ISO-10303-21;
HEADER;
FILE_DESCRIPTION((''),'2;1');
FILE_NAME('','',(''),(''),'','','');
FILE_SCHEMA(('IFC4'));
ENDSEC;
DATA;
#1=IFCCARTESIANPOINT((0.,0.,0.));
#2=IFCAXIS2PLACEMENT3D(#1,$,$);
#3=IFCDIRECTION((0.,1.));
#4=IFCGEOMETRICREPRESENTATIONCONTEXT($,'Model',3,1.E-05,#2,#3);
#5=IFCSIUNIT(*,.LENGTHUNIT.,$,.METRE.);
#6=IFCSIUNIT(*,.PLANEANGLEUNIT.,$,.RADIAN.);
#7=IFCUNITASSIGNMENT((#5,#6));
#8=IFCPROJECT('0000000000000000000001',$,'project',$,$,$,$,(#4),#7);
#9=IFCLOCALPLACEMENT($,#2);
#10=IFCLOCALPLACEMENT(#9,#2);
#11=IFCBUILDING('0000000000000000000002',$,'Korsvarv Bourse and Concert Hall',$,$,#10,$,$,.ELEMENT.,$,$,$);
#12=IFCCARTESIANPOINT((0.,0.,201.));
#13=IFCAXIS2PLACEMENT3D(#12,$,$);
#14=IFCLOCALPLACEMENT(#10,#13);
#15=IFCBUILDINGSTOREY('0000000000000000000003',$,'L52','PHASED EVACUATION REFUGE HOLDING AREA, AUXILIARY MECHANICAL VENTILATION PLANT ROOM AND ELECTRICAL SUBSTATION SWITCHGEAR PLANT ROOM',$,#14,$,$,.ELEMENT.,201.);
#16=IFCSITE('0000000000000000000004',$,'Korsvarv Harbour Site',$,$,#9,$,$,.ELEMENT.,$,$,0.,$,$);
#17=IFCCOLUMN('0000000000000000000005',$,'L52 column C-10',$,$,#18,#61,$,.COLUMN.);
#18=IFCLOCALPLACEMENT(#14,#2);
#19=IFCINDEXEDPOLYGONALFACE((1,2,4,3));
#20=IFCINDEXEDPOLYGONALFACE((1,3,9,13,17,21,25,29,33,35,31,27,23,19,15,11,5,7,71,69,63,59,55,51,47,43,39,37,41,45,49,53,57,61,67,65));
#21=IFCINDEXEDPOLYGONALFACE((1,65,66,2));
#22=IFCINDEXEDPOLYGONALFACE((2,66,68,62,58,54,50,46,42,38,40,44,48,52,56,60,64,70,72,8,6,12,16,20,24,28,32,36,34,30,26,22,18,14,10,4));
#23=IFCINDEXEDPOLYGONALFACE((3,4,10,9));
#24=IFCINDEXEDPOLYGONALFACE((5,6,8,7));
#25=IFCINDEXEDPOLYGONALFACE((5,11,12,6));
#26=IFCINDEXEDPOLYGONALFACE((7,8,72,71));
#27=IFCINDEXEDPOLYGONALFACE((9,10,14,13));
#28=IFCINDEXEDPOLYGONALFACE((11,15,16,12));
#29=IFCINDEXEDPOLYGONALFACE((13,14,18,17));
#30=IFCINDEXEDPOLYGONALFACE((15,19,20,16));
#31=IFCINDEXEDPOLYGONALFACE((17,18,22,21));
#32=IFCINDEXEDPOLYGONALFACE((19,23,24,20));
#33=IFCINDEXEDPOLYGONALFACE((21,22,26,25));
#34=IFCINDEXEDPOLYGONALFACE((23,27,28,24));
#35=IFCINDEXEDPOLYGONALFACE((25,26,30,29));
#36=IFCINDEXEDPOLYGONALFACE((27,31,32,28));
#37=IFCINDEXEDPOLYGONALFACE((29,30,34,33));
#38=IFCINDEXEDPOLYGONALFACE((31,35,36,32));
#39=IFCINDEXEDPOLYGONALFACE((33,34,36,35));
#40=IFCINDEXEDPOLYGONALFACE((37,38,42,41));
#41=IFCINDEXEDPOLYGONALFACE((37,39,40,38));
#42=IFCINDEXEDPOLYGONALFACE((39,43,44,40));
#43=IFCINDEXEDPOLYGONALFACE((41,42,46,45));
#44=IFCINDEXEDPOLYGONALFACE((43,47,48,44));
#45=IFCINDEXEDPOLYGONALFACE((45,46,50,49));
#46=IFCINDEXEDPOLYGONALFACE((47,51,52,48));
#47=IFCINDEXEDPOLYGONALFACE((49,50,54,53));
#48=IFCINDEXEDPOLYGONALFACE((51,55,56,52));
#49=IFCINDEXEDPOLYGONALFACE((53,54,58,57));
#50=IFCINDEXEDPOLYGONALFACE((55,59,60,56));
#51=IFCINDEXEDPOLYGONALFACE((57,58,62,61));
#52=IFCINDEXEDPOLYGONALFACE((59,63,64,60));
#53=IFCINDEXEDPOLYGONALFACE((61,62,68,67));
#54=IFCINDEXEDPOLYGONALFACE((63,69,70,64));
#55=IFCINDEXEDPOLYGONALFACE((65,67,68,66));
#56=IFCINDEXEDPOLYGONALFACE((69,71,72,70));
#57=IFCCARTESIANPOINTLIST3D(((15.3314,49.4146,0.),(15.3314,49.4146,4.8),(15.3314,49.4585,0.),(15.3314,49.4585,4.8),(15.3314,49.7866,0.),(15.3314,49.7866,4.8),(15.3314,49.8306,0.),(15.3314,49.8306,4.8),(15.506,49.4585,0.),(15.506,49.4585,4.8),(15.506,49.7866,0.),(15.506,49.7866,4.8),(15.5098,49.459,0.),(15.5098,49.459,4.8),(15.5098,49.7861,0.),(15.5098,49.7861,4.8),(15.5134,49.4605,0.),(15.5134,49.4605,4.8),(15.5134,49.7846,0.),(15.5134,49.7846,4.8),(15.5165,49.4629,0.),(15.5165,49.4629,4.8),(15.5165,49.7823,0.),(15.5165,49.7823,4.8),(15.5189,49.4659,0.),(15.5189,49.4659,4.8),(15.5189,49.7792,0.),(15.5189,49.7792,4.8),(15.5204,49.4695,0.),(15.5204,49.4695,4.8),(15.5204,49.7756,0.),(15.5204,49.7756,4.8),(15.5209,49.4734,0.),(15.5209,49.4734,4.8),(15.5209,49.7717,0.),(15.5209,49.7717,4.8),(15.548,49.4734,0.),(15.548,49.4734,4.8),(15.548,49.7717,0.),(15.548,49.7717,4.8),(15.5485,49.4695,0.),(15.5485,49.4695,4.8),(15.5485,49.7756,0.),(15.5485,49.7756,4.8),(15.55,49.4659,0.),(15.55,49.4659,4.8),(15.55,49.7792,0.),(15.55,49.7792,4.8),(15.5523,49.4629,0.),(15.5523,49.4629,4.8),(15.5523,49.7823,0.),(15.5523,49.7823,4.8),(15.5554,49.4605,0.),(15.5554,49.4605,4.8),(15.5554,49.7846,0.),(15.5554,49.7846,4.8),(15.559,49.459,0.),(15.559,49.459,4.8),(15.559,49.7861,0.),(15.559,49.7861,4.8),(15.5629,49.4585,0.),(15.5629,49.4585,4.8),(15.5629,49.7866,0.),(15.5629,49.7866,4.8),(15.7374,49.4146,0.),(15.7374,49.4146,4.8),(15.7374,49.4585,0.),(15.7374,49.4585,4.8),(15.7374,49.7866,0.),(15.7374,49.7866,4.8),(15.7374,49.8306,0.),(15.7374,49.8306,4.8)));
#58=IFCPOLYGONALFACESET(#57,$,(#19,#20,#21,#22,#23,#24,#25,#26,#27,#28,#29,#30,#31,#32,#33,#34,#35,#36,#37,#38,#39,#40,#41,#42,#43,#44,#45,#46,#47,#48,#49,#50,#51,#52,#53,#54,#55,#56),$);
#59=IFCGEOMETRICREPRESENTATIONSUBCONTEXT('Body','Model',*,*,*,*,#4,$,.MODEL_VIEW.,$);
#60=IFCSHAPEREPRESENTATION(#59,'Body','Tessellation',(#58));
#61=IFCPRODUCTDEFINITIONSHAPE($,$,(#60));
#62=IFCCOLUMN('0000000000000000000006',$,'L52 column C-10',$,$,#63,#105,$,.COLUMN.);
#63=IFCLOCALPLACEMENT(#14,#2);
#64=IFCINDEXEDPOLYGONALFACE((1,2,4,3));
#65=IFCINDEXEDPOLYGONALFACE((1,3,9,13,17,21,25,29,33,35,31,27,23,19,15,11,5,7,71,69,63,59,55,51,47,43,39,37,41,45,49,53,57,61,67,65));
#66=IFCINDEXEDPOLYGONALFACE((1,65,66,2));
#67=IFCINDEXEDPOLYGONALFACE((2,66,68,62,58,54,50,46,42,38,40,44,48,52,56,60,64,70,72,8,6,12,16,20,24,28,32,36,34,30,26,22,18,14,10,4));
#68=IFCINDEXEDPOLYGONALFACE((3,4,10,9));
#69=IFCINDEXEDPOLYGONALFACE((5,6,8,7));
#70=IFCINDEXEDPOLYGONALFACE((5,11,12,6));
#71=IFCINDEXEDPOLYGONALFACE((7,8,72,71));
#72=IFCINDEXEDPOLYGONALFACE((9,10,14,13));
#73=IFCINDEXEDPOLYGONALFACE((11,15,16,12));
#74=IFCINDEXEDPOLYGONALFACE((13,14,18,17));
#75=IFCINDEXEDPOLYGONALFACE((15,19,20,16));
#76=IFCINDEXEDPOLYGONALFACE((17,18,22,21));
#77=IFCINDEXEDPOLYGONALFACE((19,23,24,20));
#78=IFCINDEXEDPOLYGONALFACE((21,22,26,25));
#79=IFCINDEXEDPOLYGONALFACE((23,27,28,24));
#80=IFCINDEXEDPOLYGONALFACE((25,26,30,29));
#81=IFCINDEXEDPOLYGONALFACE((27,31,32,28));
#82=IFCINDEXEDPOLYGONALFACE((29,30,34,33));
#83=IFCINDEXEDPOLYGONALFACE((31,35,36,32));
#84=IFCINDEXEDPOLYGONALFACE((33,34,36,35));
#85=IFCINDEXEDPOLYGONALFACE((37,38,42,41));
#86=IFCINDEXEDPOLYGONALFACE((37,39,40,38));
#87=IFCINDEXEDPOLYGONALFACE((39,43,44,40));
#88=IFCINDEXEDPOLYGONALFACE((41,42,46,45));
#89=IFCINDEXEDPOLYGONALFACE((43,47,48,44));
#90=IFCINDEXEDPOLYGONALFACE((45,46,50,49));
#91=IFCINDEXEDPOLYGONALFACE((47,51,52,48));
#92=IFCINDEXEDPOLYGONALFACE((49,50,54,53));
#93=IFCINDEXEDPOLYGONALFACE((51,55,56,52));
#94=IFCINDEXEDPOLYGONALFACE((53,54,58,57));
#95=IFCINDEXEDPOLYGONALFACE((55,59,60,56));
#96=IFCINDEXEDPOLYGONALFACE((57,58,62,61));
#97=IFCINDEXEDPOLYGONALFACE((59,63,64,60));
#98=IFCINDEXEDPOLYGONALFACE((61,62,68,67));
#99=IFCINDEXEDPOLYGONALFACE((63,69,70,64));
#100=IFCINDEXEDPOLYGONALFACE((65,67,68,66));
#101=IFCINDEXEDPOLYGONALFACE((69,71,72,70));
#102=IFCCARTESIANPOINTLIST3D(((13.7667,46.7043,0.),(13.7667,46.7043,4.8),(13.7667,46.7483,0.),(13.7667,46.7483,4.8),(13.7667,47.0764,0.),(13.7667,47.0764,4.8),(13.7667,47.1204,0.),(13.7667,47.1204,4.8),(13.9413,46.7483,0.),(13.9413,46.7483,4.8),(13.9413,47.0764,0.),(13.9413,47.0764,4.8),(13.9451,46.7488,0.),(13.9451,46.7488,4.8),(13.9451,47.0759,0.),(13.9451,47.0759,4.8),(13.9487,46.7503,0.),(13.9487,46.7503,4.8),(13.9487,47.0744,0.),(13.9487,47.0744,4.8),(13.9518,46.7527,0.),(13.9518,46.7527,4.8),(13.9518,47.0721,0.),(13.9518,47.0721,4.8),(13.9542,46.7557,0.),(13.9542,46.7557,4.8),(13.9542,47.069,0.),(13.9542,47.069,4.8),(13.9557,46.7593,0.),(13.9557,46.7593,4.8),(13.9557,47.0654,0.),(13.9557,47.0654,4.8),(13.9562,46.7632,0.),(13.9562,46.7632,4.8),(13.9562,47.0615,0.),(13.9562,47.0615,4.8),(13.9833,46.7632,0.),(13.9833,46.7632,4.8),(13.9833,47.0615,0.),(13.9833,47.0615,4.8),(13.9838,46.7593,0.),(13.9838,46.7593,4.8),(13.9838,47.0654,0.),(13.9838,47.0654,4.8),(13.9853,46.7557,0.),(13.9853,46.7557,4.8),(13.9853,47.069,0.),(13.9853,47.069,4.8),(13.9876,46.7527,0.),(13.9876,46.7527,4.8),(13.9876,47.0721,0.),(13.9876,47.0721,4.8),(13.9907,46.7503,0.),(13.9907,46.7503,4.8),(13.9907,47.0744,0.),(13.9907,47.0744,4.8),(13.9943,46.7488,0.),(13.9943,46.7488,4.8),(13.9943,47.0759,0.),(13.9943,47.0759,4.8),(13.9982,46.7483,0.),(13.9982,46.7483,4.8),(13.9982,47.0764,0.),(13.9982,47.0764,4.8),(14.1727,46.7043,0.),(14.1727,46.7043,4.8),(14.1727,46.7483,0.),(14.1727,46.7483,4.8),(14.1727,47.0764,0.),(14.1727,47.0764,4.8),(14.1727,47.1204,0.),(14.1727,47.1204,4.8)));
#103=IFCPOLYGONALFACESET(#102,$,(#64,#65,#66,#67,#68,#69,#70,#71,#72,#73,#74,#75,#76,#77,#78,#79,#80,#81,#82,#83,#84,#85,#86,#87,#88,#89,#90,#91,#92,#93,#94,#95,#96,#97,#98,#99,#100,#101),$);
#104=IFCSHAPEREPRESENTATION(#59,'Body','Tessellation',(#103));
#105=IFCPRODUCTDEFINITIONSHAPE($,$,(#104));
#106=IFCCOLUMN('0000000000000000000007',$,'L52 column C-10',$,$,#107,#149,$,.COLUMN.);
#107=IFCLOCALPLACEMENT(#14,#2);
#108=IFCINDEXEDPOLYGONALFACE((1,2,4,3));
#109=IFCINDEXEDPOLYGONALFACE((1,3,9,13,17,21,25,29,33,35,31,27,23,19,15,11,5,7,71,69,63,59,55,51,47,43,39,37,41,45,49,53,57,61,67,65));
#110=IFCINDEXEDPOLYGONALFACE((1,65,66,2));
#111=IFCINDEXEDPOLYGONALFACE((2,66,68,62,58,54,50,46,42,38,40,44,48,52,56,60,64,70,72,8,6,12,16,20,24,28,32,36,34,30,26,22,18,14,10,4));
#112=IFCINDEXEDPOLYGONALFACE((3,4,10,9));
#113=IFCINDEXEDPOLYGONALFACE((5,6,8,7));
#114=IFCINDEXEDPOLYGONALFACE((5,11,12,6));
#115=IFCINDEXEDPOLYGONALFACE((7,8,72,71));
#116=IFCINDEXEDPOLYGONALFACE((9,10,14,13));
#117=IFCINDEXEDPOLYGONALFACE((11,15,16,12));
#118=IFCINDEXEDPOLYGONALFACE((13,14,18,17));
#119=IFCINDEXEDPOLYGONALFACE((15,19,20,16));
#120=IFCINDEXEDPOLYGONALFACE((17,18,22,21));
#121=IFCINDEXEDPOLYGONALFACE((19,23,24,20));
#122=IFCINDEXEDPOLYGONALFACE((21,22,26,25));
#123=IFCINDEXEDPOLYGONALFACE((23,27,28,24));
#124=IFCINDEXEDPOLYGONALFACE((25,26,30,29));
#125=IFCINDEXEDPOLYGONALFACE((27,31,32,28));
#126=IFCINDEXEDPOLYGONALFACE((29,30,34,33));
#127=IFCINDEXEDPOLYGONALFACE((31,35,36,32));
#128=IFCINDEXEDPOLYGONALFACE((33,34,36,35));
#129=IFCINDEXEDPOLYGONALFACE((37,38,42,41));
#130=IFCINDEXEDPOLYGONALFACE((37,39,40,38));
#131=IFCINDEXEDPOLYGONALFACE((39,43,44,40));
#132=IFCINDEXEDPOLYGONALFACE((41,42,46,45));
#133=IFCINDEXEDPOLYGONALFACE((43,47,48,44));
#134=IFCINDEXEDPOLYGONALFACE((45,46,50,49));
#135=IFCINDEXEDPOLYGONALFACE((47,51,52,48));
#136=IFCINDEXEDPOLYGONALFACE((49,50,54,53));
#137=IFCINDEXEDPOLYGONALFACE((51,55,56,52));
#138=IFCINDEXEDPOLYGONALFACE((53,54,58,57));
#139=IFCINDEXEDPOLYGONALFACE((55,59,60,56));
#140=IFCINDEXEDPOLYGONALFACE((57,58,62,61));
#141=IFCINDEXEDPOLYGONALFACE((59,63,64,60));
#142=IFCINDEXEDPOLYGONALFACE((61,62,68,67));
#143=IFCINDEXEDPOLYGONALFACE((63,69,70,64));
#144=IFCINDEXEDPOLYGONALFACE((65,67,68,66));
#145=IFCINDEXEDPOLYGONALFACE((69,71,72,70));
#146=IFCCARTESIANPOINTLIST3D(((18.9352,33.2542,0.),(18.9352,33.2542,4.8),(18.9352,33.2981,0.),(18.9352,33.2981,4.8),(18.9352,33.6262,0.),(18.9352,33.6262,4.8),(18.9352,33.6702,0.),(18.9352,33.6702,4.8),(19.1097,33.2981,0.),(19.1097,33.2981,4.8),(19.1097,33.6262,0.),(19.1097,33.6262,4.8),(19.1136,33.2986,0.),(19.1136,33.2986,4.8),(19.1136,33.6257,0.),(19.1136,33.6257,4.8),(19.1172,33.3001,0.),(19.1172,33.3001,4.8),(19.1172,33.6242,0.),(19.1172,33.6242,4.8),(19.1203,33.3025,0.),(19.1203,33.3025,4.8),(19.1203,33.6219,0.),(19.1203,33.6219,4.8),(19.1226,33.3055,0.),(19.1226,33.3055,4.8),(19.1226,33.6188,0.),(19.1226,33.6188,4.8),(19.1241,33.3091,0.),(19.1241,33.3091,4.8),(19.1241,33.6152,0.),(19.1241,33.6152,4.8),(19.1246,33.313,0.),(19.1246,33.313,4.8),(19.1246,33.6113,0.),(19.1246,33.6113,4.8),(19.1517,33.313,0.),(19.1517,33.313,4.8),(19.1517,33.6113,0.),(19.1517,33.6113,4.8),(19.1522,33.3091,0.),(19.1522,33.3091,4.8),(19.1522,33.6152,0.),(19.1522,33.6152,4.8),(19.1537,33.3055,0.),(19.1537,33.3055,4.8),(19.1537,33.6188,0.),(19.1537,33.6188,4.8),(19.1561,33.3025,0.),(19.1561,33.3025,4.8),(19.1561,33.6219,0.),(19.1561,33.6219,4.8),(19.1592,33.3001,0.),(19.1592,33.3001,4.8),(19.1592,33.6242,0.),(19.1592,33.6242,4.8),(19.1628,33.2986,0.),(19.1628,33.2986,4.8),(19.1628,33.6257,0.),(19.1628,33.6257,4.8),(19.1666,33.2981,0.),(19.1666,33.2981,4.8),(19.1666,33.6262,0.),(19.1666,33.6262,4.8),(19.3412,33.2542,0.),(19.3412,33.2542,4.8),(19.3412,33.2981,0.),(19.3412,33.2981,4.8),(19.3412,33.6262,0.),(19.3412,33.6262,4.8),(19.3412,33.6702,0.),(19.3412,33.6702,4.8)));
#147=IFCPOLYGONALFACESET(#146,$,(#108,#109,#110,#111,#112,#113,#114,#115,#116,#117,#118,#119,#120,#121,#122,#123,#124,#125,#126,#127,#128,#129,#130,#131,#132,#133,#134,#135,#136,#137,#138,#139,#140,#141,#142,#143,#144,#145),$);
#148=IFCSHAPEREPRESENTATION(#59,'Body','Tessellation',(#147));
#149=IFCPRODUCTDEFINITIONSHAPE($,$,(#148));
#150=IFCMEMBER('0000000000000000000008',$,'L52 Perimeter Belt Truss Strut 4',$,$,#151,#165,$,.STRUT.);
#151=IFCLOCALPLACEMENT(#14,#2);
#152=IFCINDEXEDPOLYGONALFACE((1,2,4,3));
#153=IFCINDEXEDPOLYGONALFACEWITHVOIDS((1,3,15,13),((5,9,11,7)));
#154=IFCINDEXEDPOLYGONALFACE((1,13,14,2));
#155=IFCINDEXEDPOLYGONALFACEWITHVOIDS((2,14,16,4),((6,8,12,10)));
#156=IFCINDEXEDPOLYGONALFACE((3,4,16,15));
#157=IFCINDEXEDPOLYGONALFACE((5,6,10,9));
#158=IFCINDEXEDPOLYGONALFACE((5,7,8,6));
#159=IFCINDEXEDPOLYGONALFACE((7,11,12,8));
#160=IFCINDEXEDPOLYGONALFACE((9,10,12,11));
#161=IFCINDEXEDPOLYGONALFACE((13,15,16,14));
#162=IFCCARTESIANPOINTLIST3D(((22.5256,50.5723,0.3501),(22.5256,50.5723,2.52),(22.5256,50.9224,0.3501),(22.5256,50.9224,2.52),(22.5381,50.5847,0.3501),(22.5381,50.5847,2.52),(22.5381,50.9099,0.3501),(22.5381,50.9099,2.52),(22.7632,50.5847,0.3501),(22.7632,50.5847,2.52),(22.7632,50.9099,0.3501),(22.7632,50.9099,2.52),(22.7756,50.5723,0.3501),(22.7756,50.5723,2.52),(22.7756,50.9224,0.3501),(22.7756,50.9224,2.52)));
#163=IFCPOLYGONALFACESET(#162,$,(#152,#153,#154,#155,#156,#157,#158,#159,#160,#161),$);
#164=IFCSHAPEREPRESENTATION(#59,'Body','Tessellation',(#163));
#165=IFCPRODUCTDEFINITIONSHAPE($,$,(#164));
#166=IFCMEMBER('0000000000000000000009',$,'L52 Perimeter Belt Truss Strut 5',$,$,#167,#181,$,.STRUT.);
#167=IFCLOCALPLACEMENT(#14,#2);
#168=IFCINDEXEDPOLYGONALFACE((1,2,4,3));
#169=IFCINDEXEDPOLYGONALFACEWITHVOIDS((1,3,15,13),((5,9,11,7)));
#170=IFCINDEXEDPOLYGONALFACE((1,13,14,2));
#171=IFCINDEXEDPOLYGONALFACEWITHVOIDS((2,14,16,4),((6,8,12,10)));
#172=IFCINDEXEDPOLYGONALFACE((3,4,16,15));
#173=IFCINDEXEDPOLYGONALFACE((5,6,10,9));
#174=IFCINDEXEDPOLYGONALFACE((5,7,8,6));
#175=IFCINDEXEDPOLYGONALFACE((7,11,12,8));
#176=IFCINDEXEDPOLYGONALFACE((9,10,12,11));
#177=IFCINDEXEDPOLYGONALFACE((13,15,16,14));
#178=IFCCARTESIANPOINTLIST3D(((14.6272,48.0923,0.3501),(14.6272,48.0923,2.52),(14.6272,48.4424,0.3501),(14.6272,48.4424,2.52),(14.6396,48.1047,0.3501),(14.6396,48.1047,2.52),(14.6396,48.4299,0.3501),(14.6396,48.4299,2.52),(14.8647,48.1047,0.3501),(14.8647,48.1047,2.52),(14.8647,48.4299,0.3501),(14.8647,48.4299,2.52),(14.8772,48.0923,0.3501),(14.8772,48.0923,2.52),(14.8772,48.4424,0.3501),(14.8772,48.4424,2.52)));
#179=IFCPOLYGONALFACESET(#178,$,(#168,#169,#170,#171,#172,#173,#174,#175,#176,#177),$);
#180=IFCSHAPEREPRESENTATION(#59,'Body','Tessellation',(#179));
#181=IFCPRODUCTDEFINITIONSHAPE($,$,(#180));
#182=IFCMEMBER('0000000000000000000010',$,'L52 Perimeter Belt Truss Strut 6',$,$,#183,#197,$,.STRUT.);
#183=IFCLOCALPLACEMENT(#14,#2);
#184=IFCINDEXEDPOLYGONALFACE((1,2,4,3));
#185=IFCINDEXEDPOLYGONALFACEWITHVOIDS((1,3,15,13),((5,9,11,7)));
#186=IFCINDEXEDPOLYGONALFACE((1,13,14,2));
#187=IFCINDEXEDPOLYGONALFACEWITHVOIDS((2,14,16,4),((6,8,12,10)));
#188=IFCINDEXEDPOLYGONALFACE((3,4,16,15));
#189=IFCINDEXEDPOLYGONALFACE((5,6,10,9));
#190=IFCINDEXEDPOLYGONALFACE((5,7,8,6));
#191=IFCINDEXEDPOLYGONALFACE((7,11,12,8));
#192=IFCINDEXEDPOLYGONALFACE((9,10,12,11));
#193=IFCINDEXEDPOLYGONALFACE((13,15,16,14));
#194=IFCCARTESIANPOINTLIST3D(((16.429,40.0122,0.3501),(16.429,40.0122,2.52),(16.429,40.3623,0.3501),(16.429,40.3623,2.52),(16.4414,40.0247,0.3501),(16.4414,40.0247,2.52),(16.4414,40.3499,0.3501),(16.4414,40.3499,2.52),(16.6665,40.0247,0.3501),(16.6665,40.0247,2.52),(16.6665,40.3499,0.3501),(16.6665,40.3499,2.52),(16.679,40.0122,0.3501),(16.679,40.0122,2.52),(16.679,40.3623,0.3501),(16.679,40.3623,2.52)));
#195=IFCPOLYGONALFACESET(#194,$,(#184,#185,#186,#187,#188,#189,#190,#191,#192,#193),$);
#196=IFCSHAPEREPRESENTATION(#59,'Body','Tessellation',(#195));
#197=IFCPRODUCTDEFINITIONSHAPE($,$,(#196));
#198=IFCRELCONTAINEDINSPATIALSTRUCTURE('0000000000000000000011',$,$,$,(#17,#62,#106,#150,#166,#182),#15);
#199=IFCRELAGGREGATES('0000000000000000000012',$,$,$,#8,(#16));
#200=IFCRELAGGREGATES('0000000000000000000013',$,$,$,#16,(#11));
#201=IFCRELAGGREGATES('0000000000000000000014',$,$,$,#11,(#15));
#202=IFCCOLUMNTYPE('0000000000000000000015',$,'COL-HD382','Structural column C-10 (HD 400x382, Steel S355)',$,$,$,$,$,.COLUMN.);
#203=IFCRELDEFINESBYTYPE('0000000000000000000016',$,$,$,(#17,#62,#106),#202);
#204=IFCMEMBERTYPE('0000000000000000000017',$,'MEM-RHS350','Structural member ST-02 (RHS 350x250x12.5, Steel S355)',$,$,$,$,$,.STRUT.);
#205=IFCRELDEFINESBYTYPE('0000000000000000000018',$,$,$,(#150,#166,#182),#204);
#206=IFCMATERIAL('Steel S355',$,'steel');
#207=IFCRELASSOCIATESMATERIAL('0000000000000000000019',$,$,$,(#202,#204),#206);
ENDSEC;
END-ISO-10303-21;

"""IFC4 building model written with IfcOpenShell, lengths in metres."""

from ifc_helpers import new_model, si_unit, direction, frame, origin, origin_2d, place, context, subcontext, project, spatial, hollow_rectangle, i_section, extrude, source, transform, mapped, material, material_profile, profile_set, type_object, element, save


model = new_model("IFC4")

# Units and contexts
model_context = context("Model", 3, precision=1e-05, world=origin(), true_north=direction((0.0, 1.0)))
body_context = subcontext(model_context, "Body", "Model", "MODEL_VIEW")
ifc_project = project(units=[si_unit("LENGTHUNIT", "METRE"), si_unit("PLANEANGLEUNIT", "RADIAN")], contexts=[model_context])

# Site, building, storey
site_placement = place(None, origin())
site = spatial("IfcSite", under=ifc_project, at=site_placement, Name="Korsvarv Harbour Site", CompositionType="ELEMENT", RefElevation=0.0)
building_placement = place(site_placement, origin())
building = spatial("IfcBuilding", under=site, at=building_placement, Name="Korsvarv Bourse and Concert Hall", CompositionType="ELEMENT")
storey_placement = place(building_placement, frame((0.0, 0.0, 201.0)))
storey = spatial("IfcBuildingStorey", under=building, at=storey_placement, Name="L52", Description="PHASED EVACUATION REFUGE HOLDING AREA, AUXILIARY MECHANICAL VENTILATION PLANT ROOM AND ELECTRICAL SUBSTATION SWITCHGEAR PLANT ROOM", CompositionType="ELEMENT", Elevation=201.0)

# Columns
ifc_material_1 = material(Name="Steel S355", Category="steel")
ifc_material_profile_1 = material_profile(ifc_material_1, i_section(OverallWidth=0.406, OverallDepth=0.416, WebThickness=0.0271, FlangeThickness=0.0439, FilletRadius=0.0149, at=origin_2d()), Name="HD 400x382")
ifc_profile_set_1 = profile_set([ifc_material_profile_1], Name="Steel S355")
column_type = type_object("IfcColumnType", Name="COL-HD382", Description="Structural column C-10 (HD 400x382, Steel S355)", PredefinedType="COLUMN", material=ifc_profile_set_1)
shared_shape_1 = source(origin(), body_context, "Body", "SweptSolid", [
    extrude(i_section(OverallWidth=0.406, OverallDepth=0.416, WebThickness=0.0271, FlangeThickness=0.0439, FilletRadius=0.0149, at=origin_2d()), origin(), (0.0, 0.0, 1.0), 4.8),
])
for number, where, z_axis, x_axis, name in (
    (1, (15.5344, 49.6226, 0.0), (0.0, 0.0, 1.0), (1.0, 0.0, 0.0), "L52 column C-10"),
    (2, (13.9697, 46.9124, 0.0), (0.0, 0.0, 1.0), (1.0, 0.0, 0.0), "L52 column C-10"),
    (3, (19.1382, 33.4622, 0.0), (0.0, 0.0, 1.0), (1.0, 0.0, 0.0), "L52 column C-10"),
):
    element("IfcColumn", number, at=place(storey_placement, frame(where, z_axis=z_axis, x_axis=x_axis)), inside=storey, type_object=column_type, Name=name, PredefinedType="COLUMN", context=body_context, shape_type="MappedRepresentation", body=[
        mapped(shared_shape_1, transform((0.0, 0.0, 0.0), scale=1.0)),
    ])

# Members
ifc_material_profile_2 = material_profile(ifc_material_1, hollow_rectangle(XDim=0.25, YDim=0.3501, WallThickness=0.0125, at=origin_2d()), Name="RHS 350x250x12.5")
ifc_profile_set_2 = profile_set([ifc_material_profile_2], Name="Steel S355")
member_type_1 = type_object("IfcMemberType", Name="MEM-RHS350", Description="Structural member ST-02 (RHS 350x250x12.5, Steel S355)", PredefinedType="STRUT", material=ifc_profile_set_2)
shared_shape_2 = source(origin(), body_context, "Body", "SweptSolid", [
    extrude(hollow_rectangle(XDim=0.25, YDim=0.3501, WallThickness=0.0125, at=origin_2d()), origin(), (0.0, 0.0, 1.0), 2.1699),
])
for number, where, z_axis, x_axis, name in (
    (4, (22.6506, 50.7473, 0.3501), (0.0, 0.0, 1.0), (1.0, 0.0, 0.0), "L52 Perimeter Belt Truss Strut 4"),
    (5, (14.7522, 48.2673, 0.3501), (0.0, 0.0, 1.0), (1.0, 0.0, 0.0), "L52 Perimeter Belt Truss Strut 5"),
    (6, (16.554, 40.1873, 0.3501), (0.0, 0.0, 1.0), (1.0, 0.0, 0.0), "L52 Perimeter Belt Truss Strut 6"),
):
    element("IfcMember", number, at=place(storey_placement, frame(where, z_axis=z_axis, x_axis=x_axis)), inside=storey, type_object=member_type_1, Name=name, PredefinedType="STRUT", context=body_context, shape_type="MappedRepresentation", body=[
        mapped(shared_shape_2, transform((0.0, 0.0, 0.0), scale=1.0)),
    ])

save(model, "model.ifc")
